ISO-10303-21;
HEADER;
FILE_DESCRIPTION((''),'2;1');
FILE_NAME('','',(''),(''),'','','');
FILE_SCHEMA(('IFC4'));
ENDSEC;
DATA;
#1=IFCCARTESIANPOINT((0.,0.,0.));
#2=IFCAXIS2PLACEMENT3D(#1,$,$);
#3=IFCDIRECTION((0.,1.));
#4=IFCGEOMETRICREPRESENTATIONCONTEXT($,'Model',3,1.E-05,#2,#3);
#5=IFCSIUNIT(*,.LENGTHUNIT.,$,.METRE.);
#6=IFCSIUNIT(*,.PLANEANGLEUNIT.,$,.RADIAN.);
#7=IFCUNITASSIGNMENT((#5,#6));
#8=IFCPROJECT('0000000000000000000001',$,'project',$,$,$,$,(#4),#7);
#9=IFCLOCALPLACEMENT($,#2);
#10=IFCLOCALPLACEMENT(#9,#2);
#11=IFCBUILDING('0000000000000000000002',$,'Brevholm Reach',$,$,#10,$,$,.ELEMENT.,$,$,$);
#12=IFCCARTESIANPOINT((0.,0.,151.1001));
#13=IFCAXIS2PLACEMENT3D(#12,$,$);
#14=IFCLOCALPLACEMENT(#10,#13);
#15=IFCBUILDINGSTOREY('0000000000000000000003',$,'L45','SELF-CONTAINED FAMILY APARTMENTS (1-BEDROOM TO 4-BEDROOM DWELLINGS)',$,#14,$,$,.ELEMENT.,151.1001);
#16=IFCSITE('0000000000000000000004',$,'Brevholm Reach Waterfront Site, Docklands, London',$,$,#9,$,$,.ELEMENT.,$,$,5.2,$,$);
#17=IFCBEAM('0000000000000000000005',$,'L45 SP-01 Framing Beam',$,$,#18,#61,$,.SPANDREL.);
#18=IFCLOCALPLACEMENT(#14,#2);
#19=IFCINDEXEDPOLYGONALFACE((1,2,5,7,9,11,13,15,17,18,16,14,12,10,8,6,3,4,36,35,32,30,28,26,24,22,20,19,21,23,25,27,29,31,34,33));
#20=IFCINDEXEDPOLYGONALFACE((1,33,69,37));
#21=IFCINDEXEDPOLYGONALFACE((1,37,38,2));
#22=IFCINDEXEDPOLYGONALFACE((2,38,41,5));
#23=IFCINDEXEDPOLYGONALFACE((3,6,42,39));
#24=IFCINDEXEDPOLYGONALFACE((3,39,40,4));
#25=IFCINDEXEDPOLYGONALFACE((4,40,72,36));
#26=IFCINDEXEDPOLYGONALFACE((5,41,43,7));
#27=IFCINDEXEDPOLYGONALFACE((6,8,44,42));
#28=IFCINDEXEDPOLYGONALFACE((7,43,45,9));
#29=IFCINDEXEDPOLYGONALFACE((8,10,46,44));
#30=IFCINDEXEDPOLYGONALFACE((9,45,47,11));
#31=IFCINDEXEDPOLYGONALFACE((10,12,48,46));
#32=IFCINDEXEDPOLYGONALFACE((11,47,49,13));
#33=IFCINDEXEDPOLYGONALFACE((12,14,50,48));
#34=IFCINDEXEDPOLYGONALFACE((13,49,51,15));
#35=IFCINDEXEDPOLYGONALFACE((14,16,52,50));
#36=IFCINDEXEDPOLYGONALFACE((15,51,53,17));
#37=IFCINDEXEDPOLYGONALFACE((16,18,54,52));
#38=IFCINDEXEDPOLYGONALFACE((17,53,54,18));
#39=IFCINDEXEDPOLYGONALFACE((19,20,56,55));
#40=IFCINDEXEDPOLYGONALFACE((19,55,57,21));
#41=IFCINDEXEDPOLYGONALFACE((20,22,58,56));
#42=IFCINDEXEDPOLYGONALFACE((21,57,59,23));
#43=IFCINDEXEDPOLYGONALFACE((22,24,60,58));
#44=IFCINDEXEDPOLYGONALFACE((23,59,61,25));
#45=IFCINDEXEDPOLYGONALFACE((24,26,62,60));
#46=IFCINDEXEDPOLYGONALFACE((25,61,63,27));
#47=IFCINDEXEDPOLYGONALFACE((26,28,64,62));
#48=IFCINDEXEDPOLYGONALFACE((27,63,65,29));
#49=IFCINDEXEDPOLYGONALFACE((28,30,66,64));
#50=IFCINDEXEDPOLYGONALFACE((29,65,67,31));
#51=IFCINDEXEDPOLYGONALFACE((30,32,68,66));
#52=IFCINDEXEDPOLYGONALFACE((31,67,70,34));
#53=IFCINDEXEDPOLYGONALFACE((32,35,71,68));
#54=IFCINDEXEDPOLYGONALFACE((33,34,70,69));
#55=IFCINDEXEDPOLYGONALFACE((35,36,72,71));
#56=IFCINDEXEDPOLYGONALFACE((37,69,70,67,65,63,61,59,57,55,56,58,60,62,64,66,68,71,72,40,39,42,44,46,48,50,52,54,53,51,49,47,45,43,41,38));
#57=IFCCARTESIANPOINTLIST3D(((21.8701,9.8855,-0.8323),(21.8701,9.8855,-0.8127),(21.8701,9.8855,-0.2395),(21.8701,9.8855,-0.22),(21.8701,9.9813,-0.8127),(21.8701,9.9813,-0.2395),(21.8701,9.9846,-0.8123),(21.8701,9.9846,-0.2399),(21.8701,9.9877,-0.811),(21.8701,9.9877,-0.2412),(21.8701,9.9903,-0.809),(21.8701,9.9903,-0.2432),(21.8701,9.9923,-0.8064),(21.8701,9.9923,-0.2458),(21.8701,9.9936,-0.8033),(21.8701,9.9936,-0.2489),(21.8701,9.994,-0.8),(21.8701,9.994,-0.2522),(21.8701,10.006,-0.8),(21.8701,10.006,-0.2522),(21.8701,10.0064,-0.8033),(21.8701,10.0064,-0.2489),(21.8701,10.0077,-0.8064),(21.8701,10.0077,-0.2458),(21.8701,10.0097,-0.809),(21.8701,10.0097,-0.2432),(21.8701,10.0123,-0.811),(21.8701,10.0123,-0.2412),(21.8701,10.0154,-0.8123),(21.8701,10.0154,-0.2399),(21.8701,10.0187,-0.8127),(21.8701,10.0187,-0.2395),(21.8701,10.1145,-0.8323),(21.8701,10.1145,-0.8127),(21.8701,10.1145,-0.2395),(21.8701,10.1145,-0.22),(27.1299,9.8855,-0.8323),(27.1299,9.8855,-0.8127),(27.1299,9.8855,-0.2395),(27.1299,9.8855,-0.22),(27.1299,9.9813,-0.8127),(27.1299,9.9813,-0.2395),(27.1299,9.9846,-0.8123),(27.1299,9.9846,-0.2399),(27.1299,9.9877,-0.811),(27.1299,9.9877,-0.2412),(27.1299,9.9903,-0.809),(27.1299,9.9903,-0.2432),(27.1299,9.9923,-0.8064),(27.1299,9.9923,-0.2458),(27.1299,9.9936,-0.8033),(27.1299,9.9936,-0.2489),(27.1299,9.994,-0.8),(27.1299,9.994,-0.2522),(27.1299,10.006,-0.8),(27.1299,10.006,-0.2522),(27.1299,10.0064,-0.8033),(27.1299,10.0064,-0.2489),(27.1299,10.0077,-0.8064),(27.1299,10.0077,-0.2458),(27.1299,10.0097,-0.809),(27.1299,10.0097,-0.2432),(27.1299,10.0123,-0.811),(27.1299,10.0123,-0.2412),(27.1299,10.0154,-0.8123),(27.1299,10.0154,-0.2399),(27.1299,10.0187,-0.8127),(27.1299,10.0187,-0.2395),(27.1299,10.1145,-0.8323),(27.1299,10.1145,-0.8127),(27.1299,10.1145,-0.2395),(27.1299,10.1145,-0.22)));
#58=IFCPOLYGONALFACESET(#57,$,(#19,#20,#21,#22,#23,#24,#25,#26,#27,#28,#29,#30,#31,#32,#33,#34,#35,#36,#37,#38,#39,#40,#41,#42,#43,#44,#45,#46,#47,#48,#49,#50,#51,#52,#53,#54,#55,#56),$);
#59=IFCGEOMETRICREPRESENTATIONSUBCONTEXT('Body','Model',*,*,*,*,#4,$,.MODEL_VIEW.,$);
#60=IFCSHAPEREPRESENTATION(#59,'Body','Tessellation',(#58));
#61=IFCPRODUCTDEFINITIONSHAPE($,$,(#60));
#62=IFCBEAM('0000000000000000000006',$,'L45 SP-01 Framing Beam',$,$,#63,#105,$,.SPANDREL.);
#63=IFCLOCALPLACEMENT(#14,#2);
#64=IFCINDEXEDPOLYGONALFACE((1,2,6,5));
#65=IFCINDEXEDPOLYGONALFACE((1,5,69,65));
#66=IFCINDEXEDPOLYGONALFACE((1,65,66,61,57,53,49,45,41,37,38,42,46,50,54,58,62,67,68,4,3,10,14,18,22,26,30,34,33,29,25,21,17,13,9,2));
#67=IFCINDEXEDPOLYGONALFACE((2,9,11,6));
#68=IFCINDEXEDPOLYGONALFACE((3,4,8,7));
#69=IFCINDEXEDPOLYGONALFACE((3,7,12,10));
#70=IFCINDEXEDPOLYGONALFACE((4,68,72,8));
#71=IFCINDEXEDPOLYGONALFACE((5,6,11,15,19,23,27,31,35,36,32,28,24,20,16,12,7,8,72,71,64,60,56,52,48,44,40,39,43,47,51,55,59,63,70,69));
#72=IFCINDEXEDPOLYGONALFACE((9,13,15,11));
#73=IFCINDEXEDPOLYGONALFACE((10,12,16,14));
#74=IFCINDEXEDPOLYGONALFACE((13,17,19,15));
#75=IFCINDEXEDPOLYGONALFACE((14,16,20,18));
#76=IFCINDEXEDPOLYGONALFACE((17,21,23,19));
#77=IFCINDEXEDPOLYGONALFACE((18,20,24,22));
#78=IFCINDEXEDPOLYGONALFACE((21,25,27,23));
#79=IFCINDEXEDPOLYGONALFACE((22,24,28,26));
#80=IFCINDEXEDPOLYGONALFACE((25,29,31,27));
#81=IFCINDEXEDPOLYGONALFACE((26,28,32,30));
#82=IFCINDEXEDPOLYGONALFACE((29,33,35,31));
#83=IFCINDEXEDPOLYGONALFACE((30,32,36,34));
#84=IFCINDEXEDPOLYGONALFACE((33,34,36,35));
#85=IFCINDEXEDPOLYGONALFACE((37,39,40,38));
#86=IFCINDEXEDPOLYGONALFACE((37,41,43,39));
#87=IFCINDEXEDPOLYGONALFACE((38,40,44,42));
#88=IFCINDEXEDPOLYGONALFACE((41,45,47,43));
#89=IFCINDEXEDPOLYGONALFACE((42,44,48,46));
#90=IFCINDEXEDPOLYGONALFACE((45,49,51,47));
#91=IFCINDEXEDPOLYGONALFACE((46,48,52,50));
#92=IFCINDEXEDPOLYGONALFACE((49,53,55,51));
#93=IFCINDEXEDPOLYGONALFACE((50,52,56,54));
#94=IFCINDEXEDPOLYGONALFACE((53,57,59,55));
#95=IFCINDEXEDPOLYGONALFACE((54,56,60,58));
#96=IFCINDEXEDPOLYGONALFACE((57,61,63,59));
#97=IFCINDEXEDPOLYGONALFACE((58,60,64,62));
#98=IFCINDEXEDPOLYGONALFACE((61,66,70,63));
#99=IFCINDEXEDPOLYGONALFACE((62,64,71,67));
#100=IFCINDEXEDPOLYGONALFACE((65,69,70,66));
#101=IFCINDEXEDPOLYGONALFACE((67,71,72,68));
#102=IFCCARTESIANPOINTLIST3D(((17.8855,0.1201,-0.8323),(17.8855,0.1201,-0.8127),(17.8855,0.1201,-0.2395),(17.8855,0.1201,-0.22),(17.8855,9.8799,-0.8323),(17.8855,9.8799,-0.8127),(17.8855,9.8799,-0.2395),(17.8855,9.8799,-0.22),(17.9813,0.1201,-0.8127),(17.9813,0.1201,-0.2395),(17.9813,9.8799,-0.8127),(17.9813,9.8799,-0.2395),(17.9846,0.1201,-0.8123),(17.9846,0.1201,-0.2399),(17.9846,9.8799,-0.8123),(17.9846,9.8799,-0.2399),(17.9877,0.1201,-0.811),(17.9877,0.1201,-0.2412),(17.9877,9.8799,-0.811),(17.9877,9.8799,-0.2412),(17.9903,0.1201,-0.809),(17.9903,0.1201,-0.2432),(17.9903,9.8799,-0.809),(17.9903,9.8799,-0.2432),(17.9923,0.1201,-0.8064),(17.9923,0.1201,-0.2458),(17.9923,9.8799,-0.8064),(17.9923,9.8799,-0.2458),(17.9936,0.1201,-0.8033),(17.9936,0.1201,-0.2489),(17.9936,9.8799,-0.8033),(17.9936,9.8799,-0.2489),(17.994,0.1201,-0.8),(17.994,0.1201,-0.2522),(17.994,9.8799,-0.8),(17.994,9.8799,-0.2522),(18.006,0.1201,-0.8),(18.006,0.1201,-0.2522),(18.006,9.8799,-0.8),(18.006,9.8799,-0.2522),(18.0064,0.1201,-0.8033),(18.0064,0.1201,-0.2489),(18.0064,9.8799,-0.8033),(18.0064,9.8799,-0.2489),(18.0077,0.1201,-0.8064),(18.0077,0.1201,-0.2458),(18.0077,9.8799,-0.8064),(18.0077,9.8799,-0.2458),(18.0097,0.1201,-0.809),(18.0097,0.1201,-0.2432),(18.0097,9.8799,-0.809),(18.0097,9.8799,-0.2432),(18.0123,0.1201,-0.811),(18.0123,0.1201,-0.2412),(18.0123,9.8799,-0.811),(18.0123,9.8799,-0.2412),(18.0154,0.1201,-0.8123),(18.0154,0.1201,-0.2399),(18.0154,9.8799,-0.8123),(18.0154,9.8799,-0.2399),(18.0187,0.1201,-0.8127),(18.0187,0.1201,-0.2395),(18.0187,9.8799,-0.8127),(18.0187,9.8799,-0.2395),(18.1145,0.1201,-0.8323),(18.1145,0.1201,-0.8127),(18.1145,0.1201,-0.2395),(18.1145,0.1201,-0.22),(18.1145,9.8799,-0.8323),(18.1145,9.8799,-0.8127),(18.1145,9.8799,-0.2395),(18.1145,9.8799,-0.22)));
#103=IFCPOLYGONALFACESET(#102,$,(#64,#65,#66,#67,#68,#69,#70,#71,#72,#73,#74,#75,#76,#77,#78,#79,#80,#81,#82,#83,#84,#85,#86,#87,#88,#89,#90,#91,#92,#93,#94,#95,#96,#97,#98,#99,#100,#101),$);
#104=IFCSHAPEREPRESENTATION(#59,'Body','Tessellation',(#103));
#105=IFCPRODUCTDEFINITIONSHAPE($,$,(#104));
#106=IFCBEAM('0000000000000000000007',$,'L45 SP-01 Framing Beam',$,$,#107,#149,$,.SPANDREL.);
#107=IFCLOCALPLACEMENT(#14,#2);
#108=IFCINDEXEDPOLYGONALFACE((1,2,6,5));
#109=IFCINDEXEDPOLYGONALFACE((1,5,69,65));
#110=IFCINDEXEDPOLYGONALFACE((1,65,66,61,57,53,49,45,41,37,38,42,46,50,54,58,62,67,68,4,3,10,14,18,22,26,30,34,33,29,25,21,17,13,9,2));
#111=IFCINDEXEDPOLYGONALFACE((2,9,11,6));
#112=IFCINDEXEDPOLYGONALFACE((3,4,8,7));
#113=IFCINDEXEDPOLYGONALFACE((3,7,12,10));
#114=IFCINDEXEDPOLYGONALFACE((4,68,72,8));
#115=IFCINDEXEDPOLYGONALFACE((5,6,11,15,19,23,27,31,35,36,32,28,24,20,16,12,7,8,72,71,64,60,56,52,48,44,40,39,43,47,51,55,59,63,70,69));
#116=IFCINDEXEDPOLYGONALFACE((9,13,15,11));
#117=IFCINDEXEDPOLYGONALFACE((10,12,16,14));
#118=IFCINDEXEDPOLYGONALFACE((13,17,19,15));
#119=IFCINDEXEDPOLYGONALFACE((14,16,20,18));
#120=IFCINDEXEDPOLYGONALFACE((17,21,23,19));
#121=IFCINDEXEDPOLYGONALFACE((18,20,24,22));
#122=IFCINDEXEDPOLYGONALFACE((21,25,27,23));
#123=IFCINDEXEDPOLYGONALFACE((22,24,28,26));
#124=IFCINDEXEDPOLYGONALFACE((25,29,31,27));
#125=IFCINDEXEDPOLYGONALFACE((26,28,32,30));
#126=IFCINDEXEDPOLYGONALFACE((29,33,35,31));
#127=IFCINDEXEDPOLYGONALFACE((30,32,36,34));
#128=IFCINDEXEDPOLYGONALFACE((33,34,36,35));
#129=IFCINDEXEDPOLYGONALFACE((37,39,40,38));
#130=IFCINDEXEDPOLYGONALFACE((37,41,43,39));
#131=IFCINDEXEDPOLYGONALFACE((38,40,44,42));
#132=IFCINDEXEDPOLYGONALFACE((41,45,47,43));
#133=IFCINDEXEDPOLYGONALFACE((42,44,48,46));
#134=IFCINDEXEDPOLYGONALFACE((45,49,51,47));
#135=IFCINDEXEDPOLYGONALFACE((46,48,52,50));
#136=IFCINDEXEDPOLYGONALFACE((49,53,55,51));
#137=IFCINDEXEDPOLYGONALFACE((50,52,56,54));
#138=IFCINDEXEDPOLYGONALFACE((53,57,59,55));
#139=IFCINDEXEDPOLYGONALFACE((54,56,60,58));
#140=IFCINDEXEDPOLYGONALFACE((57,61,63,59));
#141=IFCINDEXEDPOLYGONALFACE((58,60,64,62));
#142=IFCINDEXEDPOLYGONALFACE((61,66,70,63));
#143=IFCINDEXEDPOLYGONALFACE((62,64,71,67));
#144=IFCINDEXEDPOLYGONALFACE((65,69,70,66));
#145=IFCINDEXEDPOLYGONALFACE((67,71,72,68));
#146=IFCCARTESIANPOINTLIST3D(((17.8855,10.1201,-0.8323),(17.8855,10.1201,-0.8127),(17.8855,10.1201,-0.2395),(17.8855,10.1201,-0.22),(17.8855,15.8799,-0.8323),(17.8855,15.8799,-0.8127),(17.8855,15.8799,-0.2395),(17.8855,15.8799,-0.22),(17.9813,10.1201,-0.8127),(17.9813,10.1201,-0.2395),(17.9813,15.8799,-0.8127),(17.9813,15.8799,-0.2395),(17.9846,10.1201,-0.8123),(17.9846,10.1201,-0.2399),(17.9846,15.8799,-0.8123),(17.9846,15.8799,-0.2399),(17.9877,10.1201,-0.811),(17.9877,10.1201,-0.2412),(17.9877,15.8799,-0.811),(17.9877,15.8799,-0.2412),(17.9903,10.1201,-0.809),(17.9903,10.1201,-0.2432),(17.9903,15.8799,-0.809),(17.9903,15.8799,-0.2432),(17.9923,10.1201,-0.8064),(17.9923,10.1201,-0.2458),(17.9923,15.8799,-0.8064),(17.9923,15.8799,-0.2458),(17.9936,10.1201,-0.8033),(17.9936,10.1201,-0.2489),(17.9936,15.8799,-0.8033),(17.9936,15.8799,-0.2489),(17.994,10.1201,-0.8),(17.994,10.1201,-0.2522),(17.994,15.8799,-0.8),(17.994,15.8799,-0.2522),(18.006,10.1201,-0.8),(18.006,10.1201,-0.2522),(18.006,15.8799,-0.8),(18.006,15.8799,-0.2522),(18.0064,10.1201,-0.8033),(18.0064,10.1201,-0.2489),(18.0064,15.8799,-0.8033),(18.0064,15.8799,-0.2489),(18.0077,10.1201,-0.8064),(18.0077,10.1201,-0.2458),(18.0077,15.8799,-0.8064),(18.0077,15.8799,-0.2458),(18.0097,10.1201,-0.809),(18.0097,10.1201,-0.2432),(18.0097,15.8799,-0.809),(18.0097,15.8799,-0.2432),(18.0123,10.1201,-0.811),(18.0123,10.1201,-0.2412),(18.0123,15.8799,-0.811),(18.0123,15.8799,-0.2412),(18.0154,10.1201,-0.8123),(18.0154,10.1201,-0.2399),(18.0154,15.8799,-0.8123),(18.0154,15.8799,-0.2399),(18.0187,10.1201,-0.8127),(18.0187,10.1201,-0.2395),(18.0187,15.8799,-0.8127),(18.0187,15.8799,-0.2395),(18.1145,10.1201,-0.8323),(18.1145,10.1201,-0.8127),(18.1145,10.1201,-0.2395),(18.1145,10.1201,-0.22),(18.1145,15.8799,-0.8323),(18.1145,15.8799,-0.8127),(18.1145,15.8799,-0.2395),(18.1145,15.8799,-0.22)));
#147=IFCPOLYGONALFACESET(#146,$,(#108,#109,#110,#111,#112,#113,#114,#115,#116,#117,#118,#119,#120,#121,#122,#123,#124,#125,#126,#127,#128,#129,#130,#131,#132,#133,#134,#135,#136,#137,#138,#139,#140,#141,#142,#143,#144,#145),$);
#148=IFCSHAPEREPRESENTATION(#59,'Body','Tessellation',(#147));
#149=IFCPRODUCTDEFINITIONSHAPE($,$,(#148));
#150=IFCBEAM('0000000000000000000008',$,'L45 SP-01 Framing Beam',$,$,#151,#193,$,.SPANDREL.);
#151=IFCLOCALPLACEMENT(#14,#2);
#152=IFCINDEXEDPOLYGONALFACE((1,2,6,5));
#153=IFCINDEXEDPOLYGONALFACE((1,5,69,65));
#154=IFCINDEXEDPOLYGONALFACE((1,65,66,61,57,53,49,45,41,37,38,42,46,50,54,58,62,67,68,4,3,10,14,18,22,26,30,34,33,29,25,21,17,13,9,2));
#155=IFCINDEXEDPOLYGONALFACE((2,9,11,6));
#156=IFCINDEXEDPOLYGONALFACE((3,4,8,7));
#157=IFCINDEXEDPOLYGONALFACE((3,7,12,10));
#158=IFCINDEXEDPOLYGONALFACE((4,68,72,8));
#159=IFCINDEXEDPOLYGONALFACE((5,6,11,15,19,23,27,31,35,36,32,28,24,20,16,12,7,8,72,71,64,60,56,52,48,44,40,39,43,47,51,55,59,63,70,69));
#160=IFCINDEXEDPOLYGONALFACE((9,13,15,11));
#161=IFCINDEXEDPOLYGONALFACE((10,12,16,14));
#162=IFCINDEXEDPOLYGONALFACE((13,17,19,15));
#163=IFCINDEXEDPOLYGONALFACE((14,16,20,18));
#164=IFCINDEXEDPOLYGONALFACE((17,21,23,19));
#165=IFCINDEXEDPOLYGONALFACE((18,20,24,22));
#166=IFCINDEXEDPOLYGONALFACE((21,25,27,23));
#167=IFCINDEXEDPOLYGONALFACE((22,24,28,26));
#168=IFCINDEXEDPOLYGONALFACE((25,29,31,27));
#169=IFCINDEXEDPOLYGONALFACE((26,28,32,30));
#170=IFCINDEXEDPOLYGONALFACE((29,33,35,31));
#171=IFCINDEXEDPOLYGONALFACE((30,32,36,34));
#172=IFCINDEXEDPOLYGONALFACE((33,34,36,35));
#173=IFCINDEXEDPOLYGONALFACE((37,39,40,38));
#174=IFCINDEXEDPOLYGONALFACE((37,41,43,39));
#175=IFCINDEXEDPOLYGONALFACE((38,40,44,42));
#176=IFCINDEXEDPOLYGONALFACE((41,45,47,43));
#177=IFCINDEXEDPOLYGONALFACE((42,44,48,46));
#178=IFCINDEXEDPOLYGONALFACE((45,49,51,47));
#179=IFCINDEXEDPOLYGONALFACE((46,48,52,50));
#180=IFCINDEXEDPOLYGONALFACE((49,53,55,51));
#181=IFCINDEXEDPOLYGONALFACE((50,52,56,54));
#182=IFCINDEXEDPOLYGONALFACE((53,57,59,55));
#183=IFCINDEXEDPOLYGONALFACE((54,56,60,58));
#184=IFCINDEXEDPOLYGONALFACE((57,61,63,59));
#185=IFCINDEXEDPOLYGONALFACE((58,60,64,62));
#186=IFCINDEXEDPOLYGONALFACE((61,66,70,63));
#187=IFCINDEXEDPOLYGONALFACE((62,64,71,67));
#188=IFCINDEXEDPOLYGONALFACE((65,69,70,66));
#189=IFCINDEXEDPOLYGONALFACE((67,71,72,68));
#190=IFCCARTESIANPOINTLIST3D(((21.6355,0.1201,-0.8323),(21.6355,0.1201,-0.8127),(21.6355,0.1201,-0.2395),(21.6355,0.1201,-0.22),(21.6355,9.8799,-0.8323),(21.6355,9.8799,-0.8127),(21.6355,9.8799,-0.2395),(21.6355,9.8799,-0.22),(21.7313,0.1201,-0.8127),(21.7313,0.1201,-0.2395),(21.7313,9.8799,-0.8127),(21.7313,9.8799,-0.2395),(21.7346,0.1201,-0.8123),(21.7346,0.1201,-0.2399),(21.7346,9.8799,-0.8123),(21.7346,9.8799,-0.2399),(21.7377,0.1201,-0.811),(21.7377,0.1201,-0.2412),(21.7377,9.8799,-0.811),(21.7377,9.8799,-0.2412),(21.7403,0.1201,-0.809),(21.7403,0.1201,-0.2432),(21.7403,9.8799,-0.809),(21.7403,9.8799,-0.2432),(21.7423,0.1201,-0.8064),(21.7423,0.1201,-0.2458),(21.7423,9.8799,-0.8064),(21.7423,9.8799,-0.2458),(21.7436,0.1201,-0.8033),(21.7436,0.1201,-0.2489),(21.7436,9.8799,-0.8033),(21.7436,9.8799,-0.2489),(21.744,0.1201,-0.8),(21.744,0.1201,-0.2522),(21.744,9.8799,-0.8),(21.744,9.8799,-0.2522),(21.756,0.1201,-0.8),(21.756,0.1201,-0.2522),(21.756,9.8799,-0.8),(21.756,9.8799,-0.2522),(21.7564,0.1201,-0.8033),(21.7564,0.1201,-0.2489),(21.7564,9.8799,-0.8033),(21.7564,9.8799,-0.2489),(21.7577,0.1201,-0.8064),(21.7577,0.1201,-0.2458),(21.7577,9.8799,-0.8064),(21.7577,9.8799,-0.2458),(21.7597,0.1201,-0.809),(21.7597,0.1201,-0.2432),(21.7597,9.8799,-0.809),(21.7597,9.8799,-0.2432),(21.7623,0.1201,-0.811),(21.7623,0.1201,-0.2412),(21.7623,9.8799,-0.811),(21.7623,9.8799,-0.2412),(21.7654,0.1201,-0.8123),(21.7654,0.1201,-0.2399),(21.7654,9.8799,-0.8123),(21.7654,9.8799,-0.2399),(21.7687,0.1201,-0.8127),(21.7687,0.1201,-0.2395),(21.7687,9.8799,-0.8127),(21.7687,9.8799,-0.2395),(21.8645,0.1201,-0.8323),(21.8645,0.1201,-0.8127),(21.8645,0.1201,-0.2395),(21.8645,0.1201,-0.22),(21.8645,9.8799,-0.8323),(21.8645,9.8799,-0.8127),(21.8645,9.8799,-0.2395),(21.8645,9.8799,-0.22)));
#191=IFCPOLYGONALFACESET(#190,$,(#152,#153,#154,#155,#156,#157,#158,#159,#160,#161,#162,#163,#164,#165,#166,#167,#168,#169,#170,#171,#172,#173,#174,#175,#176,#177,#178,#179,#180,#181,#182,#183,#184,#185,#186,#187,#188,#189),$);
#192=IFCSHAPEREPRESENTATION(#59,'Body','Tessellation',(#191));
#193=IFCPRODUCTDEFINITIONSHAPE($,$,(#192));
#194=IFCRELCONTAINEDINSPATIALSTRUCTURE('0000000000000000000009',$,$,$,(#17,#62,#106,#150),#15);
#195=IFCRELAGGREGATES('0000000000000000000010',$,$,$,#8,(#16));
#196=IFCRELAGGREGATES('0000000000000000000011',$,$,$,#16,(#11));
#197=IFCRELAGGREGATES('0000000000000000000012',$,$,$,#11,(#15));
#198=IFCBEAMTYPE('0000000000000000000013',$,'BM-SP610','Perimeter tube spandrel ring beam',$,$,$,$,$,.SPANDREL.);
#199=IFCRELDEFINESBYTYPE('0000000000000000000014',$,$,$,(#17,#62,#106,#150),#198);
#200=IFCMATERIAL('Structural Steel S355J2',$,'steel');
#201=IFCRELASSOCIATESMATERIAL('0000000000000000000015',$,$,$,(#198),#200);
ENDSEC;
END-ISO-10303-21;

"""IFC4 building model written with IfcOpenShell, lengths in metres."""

from ifc_helpers import new_model, si_unit, direction, frame, origin, origin_2d, place, context, subcontext, project, spatial, i_section, extrude, material, material_profile, profile_set, type_object, element, save


model = new_model("IFC4")

# Units and contexts
model_context = context("Model", 3, precision=1e-05, world=origin(), true_north=direction((0.0, 1.0)))
body_context = subcontext(model_context, "Body", "Model", "MODEL_VIEW")
ifc_project = project(units=[si_unit("LENGTHUNIT", "METRE"), si_unit("PLANEANGLEUNIT", "RADIAN")], contexts=[model_context])

# Site, building, storey
site_placement = place(None, origin())
site = spatial("IfcSite", under=ifc_project, at=site_placement, Name="Brevholm Reach Waterfront Site, Docklands, London", CompositionType="ELEMENT", RefElevation=5.2)
building_placement = place(site_placement, origin())
building = spatial("IfcBuilding", under=site, at=building_placement, Name="Brevholm Reach", CompositionType="ELEMENT")
storey_placement = place(building_placement, frame((0.0, 0.0, 151.1001)))
storey = spatial("IfcBuildingStorey", under=building, at=storey_placement, Name="L45", Description="SELF-CONTAINED FAMILY APARTMENTS (1-BEDROOM TO 4-BEDROOM DWELLINGS)", CompositionType="ELEMENT", Elevation=151.1001)

# Beams
ifc_material_1 = material(Name="Structural Steel S355J2", Category="steel")
ifc_material_profile_1 = material_profile(ifc_material_1, i_section(OverallWidth=0.229, OverallDepth=0.6123, WebThickness=0.012, FlangeThickness=0.0195, FilletRadius=0.0127, at=origin_2d()), Name="UKB 610x229x125")
ifc_profile_set_1 = profile_set([ifc_material_profile_1], Name="Structural Steel S355J2")
beam_type_1 = type_object("IfcBeamType", Name="BM-SP610", Description="Perimeter tube spandrel ring beam", PredefinedType="SPANDREL", material=ifc_profile_set_1)
beam_1_placement = place(storey_placement, frame((21.8701, 10.0, -0.5261), z_axis=(1.0, 0.0, 0.0), x_axis=(0.0, 1.0, 0.0)))
element("IfcBeam", 1, at=beam_1_placement, inside=storey, type_object=beam_type_1, Name="L45 SP-01 Framing Beam", PredefinedType="SPANDREL", context=body_context, shape_type="SweptSolid", body=[
    extrude(i_section(OverallWidth=0.229, OverallDepth=0.6123, WebThickness=0.012, FlangeThickness=0.0195, FilletRadius=0.0127, at=origin_2d()), origin(), (0.0, 0.0, 1.0), 5.2598),
])
beam_2_placement = place(storey_placement, frame((18.0, 0.1201, -0.5261), z_axis=(0.0, 1.0, 0.0), x_axis=(-1.0, 0.0, 0.0)))
element("IfcBeam", 2, at=beam_2_placement, inside=storey, type_object=beam_type_1, Name="L45 SP-01 Framing Beam", PredefinedType="SPANDREL", context=body_context, shape_type="SweptSolid", body=[
    extrude(i_section(OverallWidth=0.229, OverallDepth=0.6123, WebThickness=0.012, FlangeThickness=0.0195, FilletRadius=0.0127, at=origin_2d()), origin(), (0.0, 0.0, 1.0), 9.7598),
])
beam_3_placement = place(storey_placement, frame((18.0, 10.1201, -0.5261), z_axis=(0.0, 1.0, 0.0), x_axis=(-1.0, 0.0, 0.0)))
element("IfcBeam", 3, at=beam_3_placement, inside=storey, type_object=beam_type_1, Name="L45 SP-01 Framing Beam", PredefinedType="SPANDREL", context=body_context, shape_type="SweptSolid", body=[
    extrude(i_section(OverallWidth=0.229, OverallDepth=0.6123, WebThickness=0.012, FlangeThickness=0.0195, FilletRadius=0.0127, at=origin_2d()), origin(), (0.0, 0.0, 1.0), 5.7598),
])
beam_4_placement = place(storey_placement, frame((21.75, 0.1201, -0.5261), z_axis=(0.0, 1.0, 0.0), x_axis=(-1.0, 0.0, 0.0)))
element("IfcBeam", 4, at=beam_4_placement, inside=storey, type_object=beam_type_1, Name="L45 SP-01 Framing Beam", PredefinedType="SPANDREL", context=body_context, shape_type="SweptSolid", body=[
    extrude(i_section(OverallWidth=0.229, OverallDepth=0.6123, WebThickness=0.012, FlangeThickness=0.0195, FilletRadius=0.0127, at=origin_2d()), origin(), (0.0, 0.0, 1.0), 9.7598),
])

save(model, "model.ifc")
